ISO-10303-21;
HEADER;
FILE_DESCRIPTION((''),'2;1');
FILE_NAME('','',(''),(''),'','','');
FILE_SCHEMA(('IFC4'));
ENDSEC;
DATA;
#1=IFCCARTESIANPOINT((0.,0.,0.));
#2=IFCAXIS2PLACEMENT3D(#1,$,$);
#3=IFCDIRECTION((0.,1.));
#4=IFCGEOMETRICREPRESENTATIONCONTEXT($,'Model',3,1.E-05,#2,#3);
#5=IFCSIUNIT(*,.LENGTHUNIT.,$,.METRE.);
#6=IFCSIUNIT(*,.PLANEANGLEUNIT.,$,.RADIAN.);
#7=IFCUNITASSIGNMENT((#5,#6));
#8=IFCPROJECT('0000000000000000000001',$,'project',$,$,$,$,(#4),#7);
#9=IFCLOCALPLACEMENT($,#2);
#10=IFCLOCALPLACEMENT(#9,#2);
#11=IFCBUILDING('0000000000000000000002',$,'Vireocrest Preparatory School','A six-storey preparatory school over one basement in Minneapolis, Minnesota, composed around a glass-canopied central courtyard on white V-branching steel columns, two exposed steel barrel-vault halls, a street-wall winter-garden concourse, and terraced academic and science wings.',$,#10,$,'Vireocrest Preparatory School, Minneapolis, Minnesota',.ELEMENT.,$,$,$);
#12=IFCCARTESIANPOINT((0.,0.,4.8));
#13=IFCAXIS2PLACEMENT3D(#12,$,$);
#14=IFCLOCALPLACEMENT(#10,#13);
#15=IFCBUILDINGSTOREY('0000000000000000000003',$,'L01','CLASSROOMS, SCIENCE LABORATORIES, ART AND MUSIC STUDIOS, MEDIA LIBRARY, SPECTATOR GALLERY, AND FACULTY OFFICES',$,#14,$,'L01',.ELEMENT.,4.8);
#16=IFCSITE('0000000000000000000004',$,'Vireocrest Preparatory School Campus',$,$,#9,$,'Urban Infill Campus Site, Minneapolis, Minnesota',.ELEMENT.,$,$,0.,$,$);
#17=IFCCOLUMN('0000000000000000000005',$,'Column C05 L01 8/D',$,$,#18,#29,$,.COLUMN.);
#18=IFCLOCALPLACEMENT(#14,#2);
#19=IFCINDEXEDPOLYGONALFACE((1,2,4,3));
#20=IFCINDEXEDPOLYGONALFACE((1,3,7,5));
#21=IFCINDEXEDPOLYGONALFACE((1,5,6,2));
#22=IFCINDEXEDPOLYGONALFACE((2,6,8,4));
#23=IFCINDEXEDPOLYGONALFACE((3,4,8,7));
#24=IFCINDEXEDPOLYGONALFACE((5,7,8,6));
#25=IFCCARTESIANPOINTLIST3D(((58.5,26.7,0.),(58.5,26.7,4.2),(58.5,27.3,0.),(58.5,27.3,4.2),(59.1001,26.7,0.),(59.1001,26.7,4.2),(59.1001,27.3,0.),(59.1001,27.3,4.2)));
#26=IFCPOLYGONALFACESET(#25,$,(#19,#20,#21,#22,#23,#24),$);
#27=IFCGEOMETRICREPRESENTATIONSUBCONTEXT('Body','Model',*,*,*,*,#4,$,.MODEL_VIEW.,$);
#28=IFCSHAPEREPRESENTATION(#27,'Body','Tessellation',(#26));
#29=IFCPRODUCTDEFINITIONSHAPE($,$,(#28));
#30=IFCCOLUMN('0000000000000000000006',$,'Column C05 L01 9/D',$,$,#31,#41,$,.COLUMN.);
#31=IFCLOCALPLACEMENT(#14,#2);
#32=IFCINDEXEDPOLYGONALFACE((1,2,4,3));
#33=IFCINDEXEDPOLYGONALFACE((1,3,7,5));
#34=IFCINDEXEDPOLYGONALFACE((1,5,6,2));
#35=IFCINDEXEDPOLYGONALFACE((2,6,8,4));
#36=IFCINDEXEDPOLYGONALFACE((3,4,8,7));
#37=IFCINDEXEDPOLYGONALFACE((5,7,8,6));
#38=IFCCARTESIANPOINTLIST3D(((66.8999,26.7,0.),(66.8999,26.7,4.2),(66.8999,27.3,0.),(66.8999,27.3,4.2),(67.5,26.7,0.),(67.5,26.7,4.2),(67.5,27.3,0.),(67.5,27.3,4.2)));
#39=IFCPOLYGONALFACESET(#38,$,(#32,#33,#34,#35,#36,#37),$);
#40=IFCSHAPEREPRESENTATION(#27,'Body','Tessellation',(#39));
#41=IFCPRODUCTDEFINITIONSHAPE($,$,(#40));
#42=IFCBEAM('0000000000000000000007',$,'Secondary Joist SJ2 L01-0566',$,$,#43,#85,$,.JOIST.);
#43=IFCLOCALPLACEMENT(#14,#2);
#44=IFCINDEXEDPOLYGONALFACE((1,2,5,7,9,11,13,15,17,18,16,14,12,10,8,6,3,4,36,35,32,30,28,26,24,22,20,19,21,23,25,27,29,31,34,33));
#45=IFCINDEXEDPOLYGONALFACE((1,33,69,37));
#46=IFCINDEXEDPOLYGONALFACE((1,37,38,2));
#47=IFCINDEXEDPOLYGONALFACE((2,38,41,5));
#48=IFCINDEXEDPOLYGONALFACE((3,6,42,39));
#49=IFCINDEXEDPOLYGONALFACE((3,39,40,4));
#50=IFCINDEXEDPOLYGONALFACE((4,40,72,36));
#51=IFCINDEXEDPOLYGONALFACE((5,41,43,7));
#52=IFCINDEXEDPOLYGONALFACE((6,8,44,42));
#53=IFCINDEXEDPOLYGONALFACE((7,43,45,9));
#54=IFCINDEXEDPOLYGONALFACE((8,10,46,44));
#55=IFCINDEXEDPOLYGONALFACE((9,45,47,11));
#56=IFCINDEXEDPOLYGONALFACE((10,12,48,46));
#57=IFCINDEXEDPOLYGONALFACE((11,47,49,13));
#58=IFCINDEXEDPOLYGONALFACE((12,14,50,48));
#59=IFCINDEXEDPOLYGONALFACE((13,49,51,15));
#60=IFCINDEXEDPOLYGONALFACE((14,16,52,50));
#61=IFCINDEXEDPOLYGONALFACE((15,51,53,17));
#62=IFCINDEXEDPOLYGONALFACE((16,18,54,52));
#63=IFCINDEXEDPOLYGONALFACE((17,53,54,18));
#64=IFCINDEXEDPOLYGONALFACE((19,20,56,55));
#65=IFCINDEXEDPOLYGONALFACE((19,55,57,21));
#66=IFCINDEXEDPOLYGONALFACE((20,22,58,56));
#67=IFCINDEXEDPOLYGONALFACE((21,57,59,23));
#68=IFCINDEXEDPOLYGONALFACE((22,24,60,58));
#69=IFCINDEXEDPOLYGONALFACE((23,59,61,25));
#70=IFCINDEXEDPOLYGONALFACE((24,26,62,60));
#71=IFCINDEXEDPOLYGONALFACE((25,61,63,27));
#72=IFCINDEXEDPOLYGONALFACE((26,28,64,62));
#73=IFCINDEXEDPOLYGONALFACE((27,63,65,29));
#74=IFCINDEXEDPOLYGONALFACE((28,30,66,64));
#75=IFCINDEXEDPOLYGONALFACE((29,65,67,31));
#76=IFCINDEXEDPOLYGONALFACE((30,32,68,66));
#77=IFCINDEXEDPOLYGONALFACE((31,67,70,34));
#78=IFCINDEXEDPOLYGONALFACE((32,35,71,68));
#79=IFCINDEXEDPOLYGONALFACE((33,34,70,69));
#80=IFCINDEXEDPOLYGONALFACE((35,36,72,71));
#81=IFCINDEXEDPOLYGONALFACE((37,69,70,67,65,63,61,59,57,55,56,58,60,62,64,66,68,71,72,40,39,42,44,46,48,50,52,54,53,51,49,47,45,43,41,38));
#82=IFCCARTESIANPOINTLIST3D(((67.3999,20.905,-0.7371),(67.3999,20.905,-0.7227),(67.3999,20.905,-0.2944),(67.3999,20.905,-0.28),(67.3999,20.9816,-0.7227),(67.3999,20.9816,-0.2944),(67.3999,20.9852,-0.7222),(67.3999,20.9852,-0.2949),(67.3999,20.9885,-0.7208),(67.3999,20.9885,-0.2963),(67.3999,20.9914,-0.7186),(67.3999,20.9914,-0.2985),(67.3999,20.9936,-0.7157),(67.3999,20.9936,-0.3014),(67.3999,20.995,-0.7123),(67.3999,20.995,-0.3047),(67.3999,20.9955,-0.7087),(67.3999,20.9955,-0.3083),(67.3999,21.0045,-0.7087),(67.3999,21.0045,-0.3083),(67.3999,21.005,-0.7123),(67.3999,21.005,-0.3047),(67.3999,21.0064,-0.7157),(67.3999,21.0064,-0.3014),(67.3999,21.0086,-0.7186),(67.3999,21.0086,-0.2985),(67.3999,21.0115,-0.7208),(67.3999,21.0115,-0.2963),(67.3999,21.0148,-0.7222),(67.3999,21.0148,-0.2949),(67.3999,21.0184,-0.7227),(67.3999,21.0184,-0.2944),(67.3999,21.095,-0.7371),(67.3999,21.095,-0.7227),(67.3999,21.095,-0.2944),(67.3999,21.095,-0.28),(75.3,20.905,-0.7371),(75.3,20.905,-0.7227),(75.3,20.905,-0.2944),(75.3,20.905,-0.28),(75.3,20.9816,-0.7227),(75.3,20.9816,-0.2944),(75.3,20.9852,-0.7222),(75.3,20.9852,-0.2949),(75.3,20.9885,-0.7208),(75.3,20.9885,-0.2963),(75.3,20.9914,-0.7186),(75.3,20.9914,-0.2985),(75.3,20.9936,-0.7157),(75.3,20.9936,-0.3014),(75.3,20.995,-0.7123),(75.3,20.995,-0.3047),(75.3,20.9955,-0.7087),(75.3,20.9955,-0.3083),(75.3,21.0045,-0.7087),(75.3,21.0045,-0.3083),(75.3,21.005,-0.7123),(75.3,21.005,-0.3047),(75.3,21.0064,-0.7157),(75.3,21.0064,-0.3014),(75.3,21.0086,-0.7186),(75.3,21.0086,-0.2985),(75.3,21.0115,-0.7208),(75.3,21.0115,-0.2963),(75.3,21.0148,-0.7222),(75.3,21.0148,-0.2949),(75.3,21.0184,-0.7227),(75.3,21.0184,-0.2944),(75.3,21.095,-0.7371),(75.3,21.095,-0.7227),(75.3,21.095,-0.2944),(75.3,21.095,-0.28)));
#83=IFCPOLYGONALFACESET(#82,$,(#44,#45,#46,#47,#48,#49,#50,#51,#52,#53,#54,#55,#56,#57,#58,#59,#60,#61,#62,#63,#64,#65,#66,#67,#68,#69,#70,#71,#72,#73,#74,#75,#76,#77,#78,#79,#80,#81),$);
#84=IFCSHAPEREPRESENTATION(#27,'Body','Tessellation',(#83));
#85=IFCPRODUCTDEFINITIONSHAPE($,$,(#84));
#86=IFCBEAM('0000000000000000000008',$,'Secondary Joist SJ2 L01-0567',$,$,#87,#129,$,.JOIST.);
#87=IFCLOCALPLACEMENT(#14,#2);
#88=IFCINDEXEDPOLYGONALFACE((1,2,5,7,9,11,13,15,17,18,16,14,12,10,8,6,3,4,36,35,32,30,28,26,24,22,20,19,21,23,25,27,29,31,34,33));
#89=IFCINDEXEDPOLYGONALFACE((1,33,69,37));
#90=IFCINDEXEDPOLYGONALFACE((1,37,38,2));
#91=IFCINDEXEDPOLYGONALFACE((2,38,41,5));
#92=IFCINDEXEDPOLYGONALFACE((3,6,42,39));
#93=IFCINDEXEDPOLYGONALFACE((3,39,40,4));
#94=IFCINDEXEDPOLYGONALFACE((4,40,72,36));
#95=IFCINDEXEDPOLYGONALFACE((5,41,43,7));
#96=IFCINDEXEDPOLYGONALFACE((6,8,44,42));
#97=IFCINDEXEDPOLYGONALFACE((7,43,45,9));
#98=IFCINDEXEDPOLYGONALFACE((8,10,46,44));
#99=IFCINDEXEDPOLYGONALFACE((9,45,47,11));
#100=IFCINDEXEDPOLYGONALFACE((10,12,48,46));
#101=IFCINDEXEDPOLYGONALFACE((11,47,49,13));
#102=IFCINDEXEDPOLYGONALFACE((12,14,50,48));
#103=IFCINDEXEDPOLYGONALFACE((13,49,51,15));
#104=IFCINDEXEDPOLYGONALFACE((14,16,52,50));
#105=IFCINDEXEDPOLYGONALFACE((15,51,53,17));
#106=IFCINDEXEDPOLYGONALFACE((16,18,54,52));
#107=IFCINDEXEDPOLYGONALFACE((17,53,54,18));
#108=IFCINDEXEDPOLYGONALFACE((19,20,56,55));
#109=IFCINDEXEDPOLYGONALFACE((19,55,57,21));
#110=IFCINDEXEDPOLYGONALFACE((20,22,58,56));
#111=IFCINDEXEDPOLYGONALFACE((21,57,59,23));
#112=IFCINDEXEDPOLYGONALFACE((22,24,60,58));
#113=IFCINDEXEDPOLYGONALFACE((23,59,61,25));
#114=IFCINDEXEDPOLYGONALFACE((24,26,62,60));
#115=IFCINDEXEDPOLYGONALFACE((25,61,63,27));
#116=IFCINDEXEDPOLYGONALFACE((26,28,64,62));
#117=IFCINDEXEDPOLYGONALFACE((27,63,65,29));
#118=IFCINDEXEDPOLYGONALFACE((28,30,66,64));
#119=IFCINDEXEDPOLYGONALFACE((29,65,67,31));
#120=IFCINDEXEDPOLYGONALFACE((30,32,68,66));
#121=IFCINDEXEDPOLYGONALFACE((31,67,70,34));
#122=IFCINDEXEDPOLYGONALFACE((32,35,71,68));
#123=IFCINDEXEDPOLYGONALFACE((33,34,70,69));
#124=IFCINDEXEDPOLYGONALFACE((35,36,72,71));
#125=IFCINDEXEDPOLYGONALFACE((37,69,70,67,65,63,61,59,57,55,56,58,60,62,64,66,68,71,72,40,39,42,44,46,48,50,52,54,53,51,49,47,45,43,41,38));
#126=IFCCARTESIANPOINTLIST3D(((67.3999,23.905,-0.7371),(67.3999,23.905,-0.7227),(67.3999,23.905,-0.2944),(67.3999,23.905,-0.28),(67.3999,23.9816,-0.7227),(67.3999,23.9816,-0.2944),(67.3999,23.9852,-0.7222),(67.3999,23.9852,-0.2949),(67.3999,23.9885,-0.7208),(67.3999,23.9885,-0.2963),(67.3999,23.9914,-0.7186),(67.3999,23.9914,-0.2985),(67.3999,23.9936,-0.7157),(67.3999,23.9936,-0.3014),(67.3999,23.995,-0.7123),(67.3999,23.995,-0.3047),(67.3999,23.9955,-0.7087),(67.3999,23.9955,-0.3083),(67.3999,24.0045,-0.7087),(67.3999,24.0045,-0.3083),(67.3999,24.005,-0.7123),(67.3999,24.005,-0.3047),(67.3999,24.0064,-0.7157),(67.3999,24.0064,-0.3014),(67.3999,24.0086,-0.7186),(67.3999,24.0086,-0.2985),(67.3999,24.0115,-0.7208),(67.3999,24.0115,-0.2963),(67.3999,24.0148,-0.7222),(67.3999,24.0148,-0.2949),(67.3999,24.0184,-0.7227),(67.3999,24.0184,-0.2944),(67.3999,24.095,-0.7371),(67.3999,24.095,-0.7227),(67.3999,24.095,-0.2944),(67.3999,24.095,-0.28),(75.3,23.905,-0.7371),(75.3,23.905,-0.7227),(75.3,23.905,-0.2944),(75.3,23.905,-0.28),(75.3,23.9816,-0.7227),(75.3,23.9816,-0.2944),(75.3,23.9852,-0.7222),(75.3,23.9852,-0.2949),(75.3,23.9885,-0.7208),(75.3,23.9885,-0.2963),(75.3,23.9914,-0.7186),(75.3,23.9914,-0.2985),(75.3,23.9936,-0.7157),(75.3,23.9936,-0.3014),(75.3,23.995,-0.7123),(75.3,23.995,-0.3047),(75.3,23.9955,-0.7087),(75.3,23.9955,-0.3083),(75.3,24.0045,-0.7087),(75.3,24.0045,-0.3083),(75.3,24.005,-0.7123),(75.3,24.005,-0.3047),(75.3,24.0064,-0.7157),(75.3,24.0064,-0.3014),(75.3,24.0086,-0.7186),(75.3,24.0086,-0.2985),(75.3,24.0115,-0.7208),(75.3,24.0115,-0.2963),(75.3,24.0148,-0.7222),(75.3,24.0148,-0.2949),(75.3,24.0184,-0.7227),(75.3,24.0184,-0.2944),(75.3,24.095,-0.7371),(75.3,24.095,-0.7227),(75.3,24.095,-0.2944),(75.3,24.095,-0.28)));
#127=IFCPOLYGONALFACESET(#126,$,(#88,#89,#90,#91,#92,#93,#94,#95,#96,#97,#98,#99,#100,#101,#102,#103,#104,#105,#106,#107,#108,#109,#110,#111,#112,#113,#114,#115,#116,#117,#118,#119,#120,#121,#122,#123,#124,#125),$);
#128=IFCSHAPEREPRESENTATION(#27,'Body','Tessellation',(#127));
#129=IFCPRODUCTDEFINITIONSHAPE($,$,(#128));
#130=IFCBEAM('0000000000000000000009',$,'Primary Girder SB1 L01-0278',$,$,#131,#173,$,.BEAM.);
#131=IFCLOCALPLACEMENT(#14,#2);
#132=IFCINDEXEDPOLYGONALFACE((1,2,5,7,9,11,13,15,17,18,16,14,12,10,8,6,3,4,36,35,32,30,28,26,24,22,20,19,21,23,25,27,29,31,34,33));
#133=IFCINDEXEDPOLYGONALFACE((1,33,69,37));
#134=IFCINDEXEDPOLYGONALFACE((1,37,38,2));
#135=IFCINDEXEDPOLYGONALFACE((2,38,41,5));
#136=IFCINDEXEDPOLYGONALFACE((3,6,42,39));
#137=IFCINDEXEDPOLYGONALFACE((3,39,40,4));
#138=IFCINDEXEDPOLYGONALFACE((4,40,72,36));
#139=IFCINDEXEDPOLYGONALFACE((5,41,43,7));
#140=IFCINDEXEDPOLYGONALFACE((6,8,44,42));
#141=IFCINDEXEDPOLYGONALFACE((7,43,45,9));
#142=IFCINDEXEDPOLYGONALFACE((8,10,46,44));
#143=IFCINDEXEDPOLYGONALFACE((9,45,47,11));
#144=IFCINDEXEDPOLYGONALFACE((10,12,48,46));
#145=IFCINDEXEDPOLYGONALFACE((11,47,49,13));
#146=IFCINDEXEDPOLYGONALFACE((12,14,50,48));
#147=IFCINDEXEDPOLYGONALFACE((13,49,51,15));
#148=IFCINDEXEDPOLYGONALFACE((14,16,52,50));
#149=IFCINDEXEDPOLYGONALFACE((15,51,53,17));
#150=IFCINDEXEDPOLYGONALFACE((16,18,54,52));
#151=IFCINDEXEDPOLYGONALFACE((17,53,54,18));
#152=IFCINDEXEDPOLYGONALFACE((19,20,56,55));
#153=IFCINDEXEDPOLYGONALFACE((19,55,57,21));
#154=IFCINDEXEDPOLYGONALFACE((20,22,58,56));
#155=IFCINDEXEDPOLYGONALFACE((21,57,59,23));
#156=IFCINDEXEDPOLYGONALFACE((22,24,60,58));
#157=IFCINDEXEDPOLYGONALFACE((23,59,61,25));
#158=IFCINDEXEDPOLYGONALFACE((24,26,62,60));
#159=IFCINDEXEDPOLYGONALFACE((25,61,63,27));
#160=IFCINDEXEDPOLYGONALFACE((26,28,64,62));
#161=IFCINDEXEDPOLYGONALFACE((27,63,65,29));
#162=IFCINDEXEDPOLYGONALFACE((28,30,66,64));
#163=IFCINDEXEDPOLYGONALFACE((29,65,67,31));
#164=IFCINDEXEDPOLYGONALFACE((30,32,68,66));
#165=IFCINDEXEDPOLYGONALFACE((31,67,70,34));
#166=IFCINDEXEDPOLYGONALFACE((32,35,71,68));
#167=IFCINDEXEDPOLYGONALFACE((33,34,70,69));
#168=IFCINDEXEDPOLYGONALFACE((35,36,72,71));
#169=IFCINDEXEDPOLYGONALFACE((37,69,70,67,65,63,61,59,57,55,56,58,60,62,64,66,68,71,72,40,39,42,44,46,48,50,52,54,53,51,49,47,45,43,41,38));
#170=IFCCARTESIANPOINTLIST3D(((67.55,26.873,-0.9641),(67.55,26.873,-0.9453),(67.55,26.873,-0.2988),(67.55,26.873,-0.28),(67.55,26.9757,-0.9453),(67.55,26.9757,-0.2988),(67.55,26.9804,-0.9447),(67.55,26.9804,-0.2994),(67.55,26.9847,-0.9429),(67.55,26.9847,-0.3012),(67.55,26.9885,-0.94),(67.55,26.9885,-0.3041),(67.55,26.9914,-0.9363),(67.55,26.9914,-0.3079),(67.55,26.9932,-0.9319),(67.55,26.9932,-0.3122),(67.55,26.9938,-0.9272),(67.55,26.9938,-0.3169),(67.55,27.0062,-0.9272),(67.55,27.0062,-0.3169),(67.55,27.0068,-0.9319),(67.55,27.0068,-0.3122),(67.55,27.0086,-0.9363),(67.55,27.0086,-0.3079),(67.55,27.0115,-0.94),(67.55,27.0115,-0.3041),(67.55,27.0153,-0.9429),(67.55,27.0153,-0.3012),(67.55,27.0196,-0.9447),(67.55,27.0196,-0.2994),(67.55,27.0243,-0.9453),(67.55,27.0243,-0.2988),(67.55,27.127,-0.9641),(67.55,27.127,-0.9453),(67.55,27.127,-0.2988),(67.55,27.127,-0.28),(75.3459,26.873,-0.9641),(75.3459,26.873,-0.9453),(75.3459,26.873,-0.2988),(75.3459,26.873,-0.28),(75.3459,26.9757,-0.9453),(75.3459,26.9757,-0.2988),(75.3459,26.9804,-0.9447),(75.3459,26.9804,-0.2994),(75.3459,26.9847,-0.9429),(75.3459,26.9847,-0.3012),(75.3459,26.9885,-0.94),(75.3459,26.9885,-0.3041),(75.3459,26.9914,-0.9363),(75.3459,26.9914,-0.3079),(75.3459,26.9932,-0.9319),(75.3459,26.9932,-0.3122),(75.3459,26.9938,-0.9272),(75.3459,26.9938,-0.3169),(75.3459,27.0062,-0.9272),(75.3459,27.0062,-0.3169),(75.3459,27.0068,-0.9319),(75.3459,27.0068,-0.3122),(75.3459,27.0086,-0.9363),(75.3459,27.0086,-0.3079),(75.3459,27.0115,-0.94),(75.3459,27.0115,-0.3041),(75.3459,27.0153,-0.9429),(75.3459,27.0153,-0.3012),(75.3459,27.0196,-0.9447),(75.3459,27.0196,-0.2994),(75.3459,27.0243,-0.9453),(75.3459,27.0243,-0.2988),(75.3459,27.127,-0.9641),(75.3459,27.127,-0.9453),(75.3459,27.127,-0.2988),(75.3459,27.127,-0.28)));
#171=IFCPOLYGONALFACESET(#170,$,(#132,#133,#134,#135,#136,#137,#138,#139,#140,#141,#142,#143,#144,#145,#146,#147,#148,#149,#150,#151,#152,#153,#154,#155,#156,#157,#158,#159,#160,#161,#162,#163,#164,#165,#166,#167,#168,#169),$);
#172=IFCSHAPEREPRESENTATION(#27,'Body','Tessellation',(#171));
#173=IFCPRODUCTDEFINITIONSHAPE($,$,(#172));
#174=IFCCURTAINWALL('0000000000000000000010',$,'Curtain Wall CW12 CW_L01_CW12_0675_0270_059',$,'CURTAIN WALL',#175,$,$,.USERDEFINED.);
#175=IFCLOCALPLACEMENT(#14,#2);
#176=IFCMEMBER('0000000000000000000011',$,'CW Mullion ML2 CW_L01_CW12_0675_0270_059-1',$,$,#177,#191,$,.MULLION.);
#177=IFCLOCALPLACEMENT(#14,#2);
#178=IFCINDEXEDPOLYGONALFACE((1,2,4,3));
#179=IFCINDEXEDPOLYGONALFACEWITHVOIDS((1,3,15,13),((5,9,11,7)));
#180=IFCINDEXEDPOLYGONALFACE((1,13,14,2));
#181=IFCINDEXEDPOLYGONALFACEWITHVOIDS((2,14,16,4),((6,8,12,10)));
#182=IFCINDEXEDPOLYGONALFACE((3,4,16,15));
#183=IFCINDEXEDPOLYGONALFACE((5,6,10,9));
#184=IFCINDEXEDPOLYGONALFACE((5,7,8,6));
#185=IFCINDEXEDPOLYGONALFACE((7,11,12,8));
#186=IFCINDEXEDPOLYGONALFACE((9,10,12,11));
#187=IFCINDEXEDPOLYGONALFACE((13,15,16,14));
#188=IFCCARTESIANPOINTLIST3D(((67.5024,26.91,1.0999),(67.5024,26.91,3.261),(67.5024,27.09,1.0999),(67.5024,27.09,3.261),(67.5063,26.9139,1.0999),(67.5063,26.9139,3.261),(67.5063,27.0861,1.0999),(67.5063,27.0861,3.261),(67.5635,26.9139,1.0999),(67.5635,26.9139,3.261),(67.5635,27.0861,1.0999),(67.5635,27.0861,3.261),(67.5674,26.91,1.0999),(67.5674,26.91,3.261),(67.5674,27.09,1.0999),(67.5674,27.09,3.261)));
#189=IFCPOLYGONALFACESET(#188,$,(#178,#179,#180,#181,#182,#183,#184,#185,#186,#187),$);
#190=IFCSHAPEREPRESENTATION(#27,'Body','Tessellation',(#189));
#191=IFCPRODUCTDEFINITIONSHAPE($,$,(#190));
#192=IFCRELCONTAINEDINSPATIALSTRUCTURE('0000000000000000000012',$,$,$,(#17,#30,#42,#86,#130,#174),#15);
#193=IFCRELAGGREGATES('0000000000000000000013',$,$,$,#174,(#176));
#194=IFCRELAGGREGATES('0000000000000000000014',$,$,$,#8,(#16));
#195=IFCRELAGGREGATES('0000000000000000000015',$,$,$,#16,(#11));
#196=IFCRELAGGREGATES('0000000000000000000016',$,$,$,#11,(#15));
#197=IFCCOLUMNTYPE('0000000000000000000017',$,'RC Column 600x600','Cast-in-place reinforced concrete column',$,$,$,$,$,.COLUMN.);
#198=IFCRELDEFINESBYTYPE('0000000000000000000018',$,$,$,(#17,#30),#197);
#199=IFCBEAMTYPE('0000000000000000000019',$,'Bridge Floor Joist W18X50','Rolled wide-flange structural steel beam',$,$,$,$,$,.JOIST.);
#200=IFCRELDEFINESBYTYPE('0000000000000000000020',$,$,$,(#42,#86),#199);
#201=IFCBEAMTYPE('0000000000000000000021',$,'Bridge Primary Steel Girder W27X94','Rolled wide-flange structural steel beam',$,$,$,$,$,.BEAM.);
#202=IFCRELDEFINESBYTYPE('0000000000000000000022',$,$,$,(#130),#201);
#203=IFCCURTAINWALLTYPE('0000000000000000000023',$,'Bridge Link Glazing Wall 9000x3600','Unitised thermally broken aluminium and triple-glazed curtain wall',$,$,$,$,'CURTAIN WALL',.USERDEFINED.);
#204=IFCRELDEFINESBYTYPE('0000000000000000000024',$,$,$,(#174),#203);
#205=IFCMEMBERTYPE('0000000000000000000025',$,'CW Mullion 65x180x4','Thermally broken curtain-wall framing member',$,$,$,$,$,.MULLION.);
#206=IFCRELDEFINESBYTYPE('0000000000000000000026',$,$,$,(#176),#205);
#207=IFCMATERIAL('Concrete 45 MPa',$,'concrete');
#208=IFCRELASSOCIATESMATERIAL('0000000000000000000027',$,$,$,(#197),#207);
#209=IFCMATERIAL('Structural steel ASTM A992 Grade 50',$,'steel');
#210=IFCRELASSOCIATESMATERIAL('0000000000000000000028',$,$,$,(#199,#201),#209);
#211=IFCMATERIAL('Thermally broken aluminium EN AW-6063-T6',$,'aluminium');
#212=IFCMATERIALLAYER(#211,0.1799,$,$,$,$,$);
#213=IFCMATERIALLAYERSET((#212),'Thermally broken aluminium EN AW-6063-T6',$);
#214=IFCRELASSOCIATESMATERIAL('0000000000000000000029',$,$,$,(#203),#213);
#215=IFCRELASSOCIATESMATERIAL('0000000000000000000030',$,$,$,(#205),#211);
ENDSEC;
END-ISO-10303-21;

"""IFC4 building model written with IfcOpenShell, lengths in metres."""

from ifc_helpers import new_model, si_unit, direction, frame, origin, origin_2d, place, context, subcontext, project, spatial, rectangle, hollow_rectangle, i_section, extrude, material, layer, layer_set, material_profile, profile_set, type_object, element, aggregate, save


model = new_model("IFC4")

# Units and contexts
model_context = context("Model", 3, precision=1e-05, world=origin(), true_north=direction((0.0, 1.0)))
body_context = subcontext(model_context, "Body", "Model", "MODEL_VIEW")
ifc_project = project(units=[si_unit("LENGTHUNIT", "METRE"), si_unit("PLANEANGLEUNIT", "RADIAN")], contexts=[model_context])

# Site, building, storey
site_placement = place(None, origin())
site = spatial("IfcSite", under=ifc_project, at=site_placement, Name="Vireocrest Preparatory School Campus", LongName="Urban Infill Campus Site, Minneapolis, Minnesota", CompositionType="ELEMENT", RefElevation=0.0)
building_placement = place(site_placement, origin())
building = spatial("IfcBuilding", under=site, at=building_placement, Name="Vireocrest Preparatory School", Description="A six-storey preparatory school over one basement in Minneapolis, Minnesota, composed around a glass-canopied central courtyard on white V-branching steel columns, two exposed steel barrel-vault halls, a street-wall winter-garden concourse, and terraced academic and science wings.", LongName="Vireocrest Preparatory School, Minneapolis, Minnesota", CompositionType="ELEMENT")
storey_placement = place(building_placement, frame((0.0, 0.0, 4.8)))
storey = spatial("IfcBuildingStorey", under=building, at=storey_placement, Name="L01", Description="CLASSROOMS, SCIENCE LABORATORIES, ART AND MUSIC STUDIOS, MEDIA LIBRARY, SPECTATOR GALLERY, AND FACULTY OFFICES", LongName="L01", CompositionType="ELEMENT", Elevation=4.8)

# Columns
ifc_material_1 = material(Name="Concrete 45 MPa", Category="concrete")
ifc_material_profile_1 = material_profile(ifc_material_1, rectangle(XDim=0.6001, YDim=0.6001, at=origin_2d()), Name="RC 600x600")
ifc_profile_set_1 = profile_set([ifc_material_profile_1], Name="Concrete 45 MPa")
column_type = type_object("IfcColumnType", Name="RC Column 600x600", Description="Cast-in-place reinforced concrete column", PredefinedType="COLUMN", material=ifc_profile_set_1)
for number, where, z_axis, x_axis, name in (
    (1, (58.8, 27.0, 0.0), (0.0, 0.0, 1.0), (1.0, 0.0, 0.0), "Column C05 L01 8/D"),
    (2, (67.2, 27.0, 0.0), (0.0, 0.0, 1.0), (1.0, 0.0, 0.0), "Column C05 L01 9/D"),
):
    element("IfcColumn", number, at=place(storey_placement, frame(where, z_axis=z_axis, x_axis=x_axis)), inside=storey, type_object=column_type, Name=name, PredefinedType="COLUMN", context=body_context, shape_type="SweptSolid", body=[
        extrude(rectangle(XDim=0.6001, YDim=0.6001, at=origin_2d()), origin(), (0.0, 0.0, 1.0), 4.2),
    ])

# Beams
ifc_material_2 = material(Name="Structural steel ASTM A992 Grade 50", Category="steel")
ifc_material_profile_2 = material_profile(ifc_material_2, i_section(OverallWidth=0.1899, OverallDepth=0.457, WebThickness=0.009, FlangeThickness=0.0144, FilletRadius=0.0139, at=origin_2d()), Name="W18X50")
ifc_profile_set_2 = profile_set([ifc_material_profile_2], Name="Structural steel ASTM A992 Grade 50")
beam_type_1 = type_object("IfcBeamType", Name="Bridge Floor Joist W18X50", Description="Rolled wide-flange structural steel beam", PredefinedType="JOIST", material=ifc_profile_set_2)
for number, where, z_axis, x_axis, name in (
    (3, (67.3999, 21.0, -0.5085), (1.0, 0.0, 0.0), (0.0, 1.0, 0.0), "Secondary Joist SJ2 L01-0566"),
    (4, (67.3999, 24.0, -0.5085), (1.0, 0.0, 0.0), (0.0, 1.0, 0.0), "Secondary Joist SJ2 L01-0567"),
):
    element("IfcBeam", number, at=place(storey_placement, frame(where, z_axis=z_axis, x_axis=x_axis)), inside=storey, type_object=beam_type_1, Name=name, PredefinedType="JOIST", context=body_context, shape_type="SweptSolid", body=[
        extrude(i_section(OverallWidth=0.1899, OverallDepth=0.457, WebThickness=0.009, FlangeThickness=0.0144, FilletRadius=0.0139, at=origin_2d()), origin(), (0.0, 0.0, 1.0), 7.9001),
    ])
ifc_material_profile_3 = material_profile(ifc_material_2, i_section(OverallWidth=0.2539, OverallDepth=0.6841, WebThickness=0.0125, FlangeThickness=0.0188, FilletRadius=0.0181, at=origin_2d()), Name="W27X94")
ifc_profile_set_3 = profile_set([ifc_material_profile_3], Name="Structural steel ASTM A992 Grade 50")
beam_type_2 = type_object("IfcBeamType", Name="Bridge Primary Steel Girder W27X94", Description="Rolled wide-flange structural steel beam", PredefinedType="BEAM", material=ifc_profile_set_3)
beam_1_placement = place(storey_placement, frame((67.55, 27.0, -0.6221), z_axis=(1.0, 0.0, 0.0), x_axis=(0.0, 1.0, 0.0)))
element("IfcBeam", 5, at=beam_1_placement, inside=storey, type_object=beam_type_2, Name="Primary Girder SB1 L01-0278", PredefinedType="BEAM", context=body_context, shape_type="SweptSolid", body=[
    extrude(i_section(OverallWidth=0.2539, OverallDepth=0.6841, WebThickness=0.0125, FlangeThickness=0.0188, FilletRadius=0.0181, at=origin_2d()), origin(), (0.0, 0.0, 1.0), 7.7959),
])

# Curtain wall, member
ifc_material_3 = material(Name="Thermally broken aluminium EN AW-6063-T6", Category="aluminium")
ifc_layer_1 = layer(ifc_material_3, 0.1799)
ifc_layer_set_1 = layer_set([ifc_layer_1], Name="Thermally broken aluminium EN AW-6063-T6")
curtain_wall_type = type_object("IfcCurtainWallType", Name="Bridge Link Glazing Wall 9000x3600", Description="Unitised thermally broken aluminium and triple-glazed curtain wall", ElementType="CURTAIN WALL", PredefinedType="USERDEFINED", material=ifc_layer_set_1)
curtain_wall_placement = place(storey_placement, origin())
curtain_wall = element("IfcCurtainWall", 6, at=curtain_wall_placement, inside=storey, type_object=curtain_wall_type, Name="Curtain Wall CW12 CW_L01_CW12_0675_0270_059", ObjectType="CURTAIN WALL", PredefinedType="USERDEFINED")
ifc_material_profile_4 = material_profile(ifc_material_3, hollow_rectangle(XDim=0.0649, YDim=0.1799, WallThickness=0.0039, at=origin_2d()), Name="ALU 65x180x4")
ifc_profile_set_4 = profile_set([ifc_material_profile_4], Name="Thermally broken aluminium EN AW-6063-T6")
member_type_1 = type_object("IfcMemberType", Name="CW Mullion 65x180x4", Description="Thermally broken curtain-wall framing member", PredefinedType="MULLION", material=ifc_profile_set_4)
member_1_placement = place(storey_placement, frame((67.5349, 27.0, 1.0999), z_axis=(0.0, 0.0, 1.0), x_axis=(1.0, 0.0, 0.0)))
member_1 = element("IfcMember", 7, at=member_1_placement, type_object=member_type_1, Name="CW Mullion ML2 CW_L01_CW12_0675_0270_059-1", PredefinedType="MULLION", context=body_context, shape_type="SweptSolid", body=[
    extrude(hollow_rectangle(XDim=0.0649, YDim=0.1799, WallThickness=0.0039, at=origin_2d()), origin(), (0.0, 0.0, 1.0), 2.1611),
])

aggregate(curtain_wall, [member_1])

save(model, "model.ifc")
